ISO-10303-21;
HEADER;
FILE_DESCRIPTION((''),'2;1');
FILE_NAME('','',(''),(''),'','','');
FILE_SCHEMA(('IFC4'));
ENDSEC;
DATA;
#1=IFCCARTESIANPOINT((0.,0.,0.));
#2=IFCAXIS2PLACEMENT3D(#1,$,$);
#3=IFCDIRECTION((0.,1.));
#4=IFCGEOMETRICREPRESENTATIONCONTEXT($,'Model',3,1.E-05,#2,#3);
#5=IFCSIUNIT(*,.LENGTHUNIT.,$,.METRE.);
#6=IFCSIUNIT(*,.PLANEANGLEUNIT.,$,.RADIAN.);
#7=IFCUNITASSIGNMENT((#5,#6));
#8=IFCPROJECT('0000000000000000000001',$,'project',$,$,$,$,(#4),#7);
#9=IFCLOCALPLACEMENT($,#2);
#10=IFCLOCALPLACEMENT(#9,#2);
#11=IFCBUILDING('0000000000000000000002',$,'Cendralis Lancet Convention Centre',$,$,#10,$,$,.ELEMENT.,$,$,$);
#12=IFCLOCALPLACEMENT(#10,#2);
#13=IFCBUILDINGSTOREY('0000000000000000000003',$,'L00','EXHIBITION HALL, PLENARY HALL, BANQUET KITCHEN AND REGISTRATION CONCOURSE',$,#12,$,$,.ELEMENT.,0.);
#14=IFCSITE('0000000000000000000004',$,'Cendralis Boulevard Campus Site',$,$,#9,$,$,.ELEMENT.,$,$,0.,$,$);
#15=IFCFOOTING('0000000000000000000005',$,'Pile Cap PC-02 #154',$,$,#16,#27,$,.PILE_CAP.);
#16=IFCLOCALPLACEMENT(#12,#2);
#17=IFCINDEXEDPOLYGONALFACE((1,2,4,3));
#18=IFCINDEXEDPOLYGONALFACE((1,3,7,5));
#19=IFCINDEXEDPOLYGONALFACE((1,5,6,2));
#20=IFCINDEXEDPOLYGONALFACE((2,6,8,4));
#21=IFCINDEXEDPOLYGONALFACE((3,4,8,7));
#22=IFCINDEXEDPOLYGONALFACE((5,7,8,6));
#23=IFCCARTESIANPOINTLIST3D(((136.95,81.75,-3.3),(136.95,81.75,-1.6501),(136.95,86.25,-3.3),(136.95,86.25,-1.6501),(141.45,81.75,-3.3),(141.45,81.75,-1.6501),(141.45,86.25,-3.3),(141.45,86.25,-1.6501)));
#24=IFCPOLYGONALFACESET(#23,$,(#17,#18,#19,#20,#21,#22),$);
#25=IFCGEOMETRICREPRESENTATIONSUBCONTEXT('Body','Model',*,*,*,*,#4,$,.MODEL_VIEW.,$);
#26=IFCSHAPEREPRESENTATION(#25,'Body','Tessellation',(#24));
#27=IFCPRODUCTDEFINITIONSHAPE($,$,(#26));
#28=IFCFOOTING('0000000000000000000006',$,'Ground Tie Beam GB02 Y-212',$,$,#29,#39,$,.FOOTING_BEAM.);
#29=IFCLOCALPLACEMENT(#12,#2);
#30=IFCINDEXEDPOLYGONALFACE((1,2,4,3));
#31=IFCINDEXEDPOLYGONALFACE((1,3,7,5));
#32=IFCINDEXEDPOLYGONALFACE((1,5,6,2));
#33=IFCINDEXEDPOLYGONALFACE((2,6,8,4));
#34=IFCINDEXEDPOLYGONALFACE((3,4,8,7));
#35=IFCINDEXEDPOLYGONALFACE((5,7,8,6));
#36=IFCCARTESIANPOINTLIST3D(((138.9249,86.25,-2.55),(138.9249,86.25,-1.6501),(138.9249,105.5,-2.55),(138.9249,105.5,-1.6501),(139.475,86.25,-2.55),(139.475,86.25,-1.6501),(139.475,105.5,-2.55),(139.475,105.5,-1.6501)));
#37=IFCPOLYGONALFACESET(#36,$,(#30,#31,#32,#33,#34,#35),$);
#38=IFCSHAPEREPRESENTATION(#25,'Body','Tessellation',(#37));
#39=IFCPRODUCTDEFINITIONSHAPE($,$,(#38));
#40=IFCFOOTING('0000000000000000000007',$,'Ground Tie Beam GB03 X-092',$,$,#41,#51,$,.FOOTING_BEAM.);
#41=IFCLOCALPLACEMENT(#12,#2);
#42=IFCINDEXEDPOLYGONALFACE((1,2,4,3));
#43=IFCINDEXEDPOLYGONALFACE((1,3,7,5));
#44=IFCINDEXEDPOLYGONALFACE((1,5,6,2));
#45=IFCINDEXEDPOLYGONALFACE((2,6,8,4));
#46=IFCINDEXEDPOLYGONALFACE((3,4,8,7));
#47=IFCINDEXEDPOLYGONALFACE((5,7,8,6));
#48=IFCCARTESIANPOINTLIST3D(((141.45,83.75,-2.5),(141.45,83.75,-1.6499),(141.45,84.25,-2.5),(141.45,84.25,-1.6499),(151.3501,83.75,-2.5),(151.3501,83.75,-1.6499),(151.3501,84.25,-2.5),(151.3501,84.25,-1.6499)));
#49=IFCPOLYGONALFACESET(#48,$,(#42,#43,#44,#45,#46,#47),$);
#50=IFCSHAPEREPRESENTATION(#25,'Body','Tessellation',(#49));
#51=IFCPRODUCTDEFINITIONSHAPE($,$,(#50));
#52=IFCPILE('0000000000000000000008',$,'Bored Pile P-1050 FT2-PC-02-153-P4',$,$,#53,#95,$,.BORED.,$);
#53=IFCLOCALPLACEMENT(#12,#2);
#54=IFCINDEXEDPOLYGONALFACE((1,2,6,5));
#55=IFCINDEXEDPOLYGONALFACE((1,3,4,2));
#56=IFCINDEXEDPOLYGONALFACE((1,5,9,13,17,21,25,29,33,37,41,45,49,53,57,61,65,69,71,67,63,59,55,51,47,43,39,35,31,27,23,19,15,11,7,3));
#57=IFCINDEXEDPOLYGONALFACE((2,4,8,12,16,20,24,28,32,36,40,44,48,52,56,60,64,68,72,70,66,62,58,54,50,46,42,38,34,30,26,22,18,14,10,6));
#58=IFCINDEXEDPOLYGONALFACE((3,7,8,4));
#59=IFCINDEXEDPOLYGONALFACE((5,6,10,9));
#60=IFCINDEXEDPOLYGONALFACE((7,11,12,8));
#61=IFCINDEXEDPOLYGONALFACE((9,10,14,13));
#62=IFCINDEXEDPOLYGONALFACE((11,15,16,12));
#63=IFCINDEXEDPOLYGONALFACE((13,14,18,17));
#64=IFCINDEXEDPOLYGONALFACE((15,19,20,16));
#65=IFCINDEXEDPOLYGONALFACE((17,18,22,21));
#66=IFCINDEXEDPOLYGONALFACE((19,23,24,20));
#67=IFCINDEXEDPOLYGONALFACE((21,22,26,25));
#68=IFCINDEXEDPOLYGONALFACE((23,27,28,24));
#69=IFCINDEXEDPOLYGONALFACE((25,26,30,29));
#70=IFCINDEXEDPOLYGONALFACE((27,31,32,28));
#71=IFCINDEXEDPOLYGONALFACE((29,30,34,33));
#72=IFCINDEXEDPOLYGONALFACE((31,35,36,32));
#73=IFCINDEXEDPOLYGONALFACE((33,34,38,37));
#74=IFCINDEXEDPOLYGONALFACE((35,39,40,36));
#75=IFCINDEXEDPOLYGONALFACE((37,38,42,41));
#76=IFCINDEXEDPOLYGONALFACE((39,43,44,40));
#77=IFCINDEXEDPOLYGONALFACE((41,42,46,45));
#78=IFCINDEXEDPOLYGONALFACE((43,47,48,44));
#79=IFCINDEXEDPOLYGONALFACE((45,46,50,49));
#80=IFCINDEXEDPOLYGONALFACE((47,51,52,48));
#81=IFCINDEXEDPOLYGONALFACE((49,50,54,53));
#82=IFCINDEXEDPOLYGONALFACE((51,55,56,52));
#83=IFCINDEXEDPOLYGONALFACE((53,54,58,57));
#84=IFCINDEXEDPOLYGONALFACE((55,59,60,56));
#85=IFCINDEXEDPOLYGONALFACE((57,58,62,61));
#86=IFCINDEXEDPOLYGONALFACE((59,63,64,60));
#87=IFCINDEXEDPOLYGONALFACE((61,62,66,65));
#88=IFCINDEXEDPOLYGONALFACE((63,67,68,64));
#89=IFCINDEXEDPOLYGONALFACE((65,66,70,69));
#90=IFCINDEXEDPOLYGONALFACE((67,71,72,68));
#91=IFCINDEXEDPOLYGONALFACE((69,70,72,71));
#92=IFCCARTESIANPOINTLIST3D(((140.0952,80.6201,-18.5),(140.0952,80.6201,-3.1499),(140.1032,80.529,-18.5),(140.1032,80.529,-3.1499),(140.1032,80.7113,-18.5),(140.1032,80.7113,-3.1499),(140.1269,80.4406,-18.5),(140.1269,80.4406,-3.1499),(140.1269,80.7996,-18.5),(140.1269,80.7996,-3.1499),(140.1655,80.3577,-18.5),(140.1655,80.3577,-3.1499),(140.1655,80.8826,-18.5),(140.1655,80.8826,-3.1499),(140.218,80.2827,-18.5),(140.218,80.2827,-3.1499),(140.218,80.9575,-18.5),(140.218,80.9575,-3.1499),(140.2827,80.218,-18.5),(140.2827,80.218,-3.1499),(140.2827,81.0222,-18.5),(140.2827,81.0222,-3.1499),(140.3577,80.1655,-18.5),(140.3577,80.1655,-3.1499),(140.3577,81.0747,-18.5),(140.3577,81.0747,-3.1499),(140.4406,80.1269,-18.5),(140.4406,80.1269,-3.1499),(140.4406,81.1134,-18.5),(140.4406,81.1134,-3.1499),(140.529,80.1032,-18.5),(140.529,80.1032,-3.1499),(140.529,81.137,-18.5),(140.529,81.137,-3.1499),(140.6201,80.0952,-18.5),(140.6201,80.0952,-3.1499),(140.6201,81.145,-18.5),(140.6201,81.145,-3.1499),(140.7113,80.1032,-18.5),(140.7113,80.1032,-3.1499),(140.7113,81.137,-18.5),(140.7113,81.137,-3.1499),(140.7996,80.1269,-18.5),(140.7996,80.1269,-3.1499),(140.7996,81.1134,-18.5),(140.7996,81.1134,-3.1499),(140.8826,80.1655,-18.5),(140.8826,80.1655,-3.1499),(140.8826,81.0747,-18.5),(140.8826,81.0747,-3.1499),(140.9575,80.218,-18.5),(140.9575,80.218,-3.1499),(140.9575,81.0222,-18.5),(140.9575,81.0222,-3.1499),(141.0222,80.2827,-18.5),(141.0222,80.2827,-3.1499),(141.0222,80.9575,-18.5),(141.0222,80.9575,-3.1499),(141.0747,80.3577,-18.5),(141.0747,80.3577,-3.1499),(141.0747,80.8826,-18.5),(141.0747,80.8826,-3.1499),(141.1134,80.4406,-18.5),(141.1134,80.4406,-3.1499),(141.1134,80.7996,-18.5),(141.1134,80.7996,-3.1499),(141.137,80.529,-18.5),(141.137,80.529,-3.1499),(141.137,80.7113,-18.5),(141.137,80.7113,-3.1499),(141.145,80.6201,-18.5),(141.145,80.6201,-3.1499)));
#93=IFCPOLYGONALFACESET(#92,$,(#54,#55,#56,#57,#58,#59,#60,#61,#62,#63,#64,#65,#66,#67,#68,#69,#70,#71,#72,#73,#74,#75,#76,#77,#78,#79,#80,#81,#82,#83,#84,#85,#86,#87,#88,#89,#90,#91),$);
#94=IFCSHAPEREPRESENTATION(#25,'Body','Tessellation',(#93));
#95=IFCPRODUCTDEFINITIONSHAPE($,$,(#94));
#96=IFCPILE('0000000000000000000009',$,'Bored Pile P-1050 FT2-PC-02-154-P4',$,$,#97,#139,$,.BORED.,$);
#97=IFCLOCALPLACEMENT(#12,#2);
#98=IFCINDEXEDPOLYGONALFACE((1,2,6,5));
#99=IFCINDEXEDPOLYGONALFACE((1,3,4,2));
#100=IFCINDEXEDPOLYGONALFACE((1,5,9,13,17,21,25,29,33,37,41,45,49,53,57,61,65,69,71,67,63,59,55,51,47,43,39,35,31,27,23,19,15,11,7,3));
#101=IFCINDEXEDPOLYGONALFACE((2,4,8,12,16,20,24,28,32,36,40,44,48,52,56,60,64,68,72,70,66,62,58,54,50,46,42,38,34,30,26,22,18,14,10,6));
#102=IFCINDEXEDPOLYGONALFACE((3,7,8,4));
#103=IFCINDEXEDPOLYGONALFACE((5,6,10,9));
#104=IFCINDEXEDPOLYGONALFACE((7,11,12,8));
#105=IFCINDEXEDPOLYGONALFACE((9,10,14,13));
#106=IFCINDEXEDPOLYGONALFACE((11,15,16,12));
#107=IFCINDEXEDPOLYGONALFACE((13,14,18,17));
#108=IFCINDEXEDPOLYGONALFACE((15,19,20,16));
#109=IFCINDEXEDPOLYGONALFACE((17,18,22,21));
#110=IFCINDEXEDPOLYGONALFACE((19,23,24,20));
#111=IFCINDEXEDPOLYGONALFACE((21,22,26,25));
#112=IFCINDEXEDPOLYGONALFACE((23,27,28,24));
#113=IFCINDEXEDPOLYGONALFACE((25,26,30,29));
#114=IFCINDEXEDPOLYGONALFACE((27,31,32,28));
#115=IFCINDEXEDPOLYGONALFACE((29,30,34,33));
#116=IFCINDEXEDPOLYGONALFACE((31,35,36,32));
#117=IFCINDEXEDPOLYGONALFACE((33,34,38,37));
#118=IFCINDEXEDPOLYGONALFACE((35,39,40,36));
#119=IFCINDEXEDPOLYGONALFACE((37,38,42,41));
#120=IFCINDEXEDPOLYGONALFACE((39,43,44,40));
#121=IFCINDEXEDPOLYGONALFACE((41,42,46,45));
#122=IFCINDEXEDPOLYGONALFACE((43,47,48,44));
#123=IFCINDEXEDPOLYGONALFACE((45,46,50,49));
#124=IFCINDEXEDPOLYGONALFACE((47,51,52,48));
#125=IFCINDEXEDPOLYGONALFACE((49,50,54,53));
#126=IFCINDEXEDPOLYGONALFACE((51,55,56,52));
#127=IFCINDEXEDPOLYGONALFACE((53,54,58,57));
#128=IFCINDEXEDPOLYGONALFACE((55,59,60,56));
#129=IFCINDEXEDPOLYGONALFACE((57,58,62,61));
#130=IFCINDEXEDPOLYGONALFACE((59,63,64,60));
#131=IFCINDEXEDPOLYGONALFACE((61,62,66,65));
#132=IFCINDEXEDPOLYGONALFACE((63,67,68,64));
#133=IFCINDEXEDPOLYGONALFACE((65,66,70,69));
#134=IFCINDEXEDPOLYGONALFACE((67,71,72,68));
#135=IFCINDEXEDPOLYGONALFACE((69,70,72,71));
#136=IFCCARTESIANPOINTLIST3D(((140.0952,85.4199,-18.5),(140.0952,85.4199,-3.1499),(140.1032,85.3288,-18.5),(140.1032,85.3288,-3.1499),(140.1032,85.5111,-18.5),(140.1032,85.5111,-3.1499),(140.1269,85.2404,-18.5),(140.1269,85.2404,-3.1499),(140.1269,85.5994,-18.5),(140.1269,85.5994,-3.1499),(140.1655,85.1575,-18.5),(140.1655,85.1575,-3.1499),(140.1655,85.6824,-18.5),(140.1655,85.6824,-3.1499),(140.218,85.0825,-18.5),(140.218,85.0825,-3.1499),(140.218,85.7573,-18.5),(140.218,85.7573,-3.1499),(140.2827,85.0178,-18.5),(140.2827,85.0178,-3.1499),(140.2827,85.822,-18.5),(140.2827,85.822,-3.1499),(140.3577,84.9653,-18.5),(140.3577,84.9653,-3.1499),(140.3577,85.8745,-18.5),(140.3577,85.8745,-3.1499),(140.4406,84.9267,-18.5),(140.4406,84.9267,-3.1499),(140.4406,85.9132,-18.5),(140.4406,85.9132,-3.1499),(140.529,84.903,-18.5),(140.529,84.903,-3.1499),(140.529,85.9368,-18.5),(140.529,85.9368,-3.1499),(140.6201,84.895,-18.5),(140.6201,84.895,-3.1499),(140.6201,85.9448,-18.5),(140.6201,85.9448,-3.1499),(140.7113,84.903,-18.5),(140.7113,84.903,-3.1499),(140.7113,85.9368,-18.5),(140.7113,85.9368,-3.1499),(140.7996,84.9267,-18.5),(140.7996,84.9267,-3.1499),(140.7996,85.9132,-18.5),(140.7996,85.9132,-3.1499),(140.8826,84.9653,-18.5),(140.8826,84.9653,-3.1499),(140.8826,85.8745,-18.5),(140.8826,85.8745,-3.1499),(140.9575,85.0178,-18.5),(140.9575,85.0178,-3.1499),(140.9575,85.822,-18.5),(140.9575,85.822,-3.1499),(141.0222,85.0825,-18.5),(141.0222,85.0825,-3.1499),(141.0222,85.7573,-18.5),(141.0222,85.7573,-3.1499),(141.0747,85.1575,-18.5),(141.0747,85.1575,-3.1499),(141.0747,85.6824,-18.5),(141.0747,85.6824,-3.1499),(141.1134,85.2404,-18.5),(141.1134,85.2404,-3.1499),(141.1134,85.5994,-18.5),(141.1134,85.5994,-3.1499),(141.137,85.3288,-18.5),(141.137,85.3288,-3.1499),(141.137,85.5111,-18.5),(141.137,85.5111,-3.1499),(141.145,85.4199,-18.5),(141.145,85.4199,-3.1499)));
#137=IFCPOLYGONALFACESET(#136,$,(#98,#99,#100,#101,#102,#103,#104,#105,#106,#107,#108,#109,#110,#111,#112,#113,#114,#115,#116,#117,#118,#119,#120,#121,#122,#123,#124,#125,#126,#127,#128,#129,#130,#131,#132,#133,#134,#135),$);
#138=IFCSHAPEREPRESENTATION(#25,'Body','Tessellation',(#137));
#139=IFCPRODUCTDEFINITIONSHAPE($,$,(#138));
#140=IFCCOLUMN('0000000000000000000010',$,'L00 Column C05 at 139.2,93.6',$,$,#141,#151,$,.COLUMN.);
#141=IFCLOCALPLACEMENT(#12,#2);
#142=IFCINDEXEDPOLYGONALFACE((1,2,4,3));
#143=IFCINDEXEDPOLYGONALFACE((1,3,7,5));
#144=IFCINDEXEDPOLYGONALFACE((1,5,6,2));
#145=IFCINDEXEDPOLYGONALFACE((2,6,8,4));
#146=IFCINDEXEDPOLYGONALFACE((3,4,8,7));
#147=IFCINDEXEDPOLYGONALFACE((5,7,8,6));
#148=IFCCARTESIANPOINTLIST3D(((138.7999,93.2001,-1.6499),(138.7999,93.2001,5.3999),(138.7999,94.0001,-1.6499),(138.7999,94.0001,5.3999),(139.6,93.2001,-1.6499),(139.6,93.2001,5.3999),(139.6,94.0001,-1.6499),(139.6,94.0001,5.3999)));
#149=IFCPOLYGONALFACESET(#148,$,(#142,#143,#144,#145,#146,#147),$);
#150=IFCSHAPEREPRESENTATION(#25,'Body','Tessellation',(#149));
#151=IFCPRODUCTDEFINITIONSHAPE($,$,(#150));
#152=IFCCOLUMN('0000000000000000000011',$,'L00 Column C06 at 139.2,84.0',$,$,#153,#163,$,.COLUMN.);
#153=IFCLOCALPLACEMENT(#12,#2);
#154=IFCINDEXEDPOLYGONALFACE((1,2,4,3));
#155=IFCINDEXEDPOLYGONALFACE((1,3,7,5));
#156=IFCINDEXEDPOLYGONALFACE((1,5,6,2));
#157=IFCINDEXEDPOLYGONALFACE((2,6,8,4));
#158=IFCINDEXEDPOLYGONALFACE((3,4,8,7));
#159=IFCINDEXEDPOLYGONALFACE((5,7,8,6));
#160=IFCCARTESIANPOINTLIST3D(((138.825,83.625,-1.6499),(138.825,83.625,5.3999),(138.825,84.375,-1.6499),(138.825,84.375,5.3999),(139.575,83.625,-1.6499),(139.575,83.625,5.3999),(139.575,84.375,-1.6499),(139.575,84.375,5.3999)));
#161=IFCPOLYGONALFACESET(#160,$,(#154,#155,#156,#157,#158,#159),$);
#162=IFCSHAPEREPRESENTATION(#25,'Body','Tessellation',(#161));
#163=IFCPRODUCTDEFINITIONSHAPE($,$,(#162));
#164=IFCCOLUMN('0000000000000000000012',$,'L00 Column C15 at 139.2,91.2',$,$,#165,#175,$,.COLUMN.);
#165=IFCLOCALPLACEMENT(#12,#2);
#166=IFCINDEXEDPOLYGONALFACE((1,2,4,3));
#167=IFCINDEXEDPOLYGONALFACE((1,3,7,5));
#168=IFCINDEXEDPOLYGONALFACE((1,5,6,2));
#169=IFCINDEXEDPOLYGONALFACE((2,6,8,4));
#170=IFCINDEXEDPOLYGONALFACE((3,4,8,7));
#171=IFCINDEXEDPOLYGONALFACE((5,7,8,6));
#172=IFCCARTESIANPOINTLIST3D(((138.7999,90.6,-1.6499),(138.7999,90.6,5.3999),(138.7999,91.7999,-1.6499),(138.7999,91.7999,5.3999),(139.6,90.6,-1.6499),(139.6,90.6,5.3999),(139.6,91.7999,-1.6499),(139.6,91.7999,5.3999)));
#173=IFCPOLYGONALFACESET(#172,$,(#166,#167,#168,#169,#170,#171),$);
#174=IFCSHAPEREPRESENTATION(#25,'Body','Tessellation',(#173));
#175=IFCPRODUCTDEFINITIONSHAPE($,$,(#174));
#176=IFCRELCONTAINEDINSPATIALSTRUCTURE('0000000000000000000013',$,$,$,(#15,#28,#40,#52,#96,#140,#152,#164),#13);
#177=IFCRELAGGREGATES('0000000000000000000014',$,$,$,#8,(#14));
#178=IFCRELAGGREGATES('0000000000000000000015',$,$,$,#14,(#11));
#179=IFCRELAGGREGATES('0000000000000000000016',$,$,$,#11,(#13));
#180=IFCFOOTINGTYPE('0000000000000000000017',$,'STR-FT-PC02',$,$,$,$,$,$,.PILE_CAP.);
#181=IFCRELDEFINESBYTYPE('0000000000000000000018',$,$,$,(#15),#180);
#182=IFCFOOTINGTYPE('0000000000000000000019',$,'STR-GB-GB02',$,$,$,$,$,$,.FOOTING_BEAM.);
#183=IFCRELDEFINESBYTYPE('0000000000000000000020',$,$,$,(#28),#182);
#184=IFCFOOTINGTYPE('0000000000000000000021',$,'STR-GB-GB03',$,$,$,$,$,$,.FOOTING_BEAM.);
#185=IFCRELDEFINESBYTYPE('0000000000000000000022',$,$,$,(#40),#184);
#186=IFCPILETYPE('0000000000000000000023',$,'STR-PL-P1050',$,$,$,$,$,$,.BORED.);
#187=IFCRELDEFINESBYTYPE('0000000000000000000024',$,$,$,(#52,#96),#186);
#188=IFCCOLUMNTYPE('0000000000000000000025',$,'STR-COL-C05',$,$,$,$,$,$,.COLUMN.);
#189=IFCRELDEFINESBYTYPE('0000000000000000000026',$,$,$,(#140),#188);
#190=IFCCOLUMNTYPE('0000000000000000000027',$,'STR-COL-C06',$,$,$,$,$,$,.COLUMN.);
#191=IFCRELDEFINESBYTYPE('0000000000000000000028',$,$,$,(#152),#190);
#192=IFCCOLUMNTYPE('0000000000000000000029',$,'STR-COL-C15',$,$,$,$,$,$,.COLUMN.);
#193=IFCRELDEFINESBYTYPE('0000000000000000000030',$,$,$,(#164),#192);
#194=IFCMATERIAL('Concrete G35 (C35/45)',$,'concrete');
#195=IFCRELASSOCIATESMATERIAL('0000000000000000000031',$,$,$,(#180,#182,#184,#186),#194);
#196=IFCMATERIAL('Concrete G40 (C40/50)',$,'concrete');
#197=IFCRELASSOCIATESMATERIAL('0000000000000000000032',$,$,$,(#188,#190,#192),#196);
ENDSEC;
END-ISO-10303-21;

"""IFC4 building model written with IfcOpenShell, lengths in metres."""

from ifc_helpers import new_model, si_unit, direction, frame, origin, origin_2d, place, context, subcontext, project, spatial, rectangle, circle, extrude, material, material_profile, profile_set, type_object, element, save


model = new_model("IFC4")

# Units and contexts
model_context = context("Model", 3, precision=1e-05, world=origin(), true_north=direction((0.0, 1.0)))
body_context = subcontext(model_context, "Body", "Model", "MODEL_VIEW")
ifc_project = project(units=[si_unit("LENGTHUNIT", "METRE"), si_unit("PLANEANGLEUNIT", "RADIAN")], contexts=[model_context])

# Site, building, storey
site_placement = place(None, origin())
site = spatial("IfcSite", under=ifc_project, at=site_placement, Name="Cendralis Boulevard Campus Site", CompositionType="ELEMENT", RefElevation=0.0)
building_placement = place(site_placement, origin())
building = spatial("IfcBuilding", under=site, at=building_placement, Name="Cendralis Lancet Convention Centre", CompositionType="ELEMENT")
storey_placement = place(building_placement, origin())
storey = spatial("IfcBuildingStorey", under=building, at=storey_placement, Name="L00", Description="EXHIBITION HALL, PLENARY HALL, BANQUET KITCHEN AND REGISTRATION CONCOURSE", CompositionType="ELEMENT", Elevation=0.0)

# Footings
ifc_material_1 = material(Name="Concrete G35 (C35/45)", Category="concrete")
footing_type_1 = type_object("IfcFootingType", Name="STR-FT-PC02", PredefinedType="PILE_CAP", material=ifc_material_1)
footing_1_placement = place(storey_placement, frame((139.2, 84.0, -3.3), z_axis=(0.0, 0.0, 1.0), x_axis=(1.0, 0.0, 0.0)))
element("IfcFooting", 1, at=footing_1_placement, inside=storey, type_object=footing_type_1, Name="Pile Cap PC-02 #154", PredefinedType="PILE_CAP", context=body_context, shape_type="SweptSolid", body=[
    extrude(rectangle(XDim=4.5, YDim=4.5, at=origin_2d()), origin(), (0.0, 0.0, 1.0), 1.6499),
])
ifc_material_profile_1 = material_profile(ifc_material_1, rectangle(XDim=0.55, YDim=0.8999, at=origin_2d()), Name="RCB 550x900")
ifc_profile_set_1 = profile_set([ifc_material_profile_1], Name="Concrete G35 (C35/45)")
footing_type_2 = type_object("IfcFootingType", Name="STR-GB-GB02", PredefinedType="FOOTING_BEAM", material=ifc_profile_set_1)
footing_2_placement = place(storey_placement, frame((139.2, 86.25, -2.1001), z_axis=(0.0, 1.0, 0.0), x_axis=(-1.0, 0.0, 0.0)))
element("IfcFooting", 2, at=footing_2_placement, inside=storey, type_object=footing_type_2, Name="Ground Tie Beam GB02 Y-212", PredefinedType="FOOTING_BEAM", context=body_context, shape_type="SweptSolid", body=[
    extrude(rectangle(XDim=0.55, YDim=0.8999, at=origin_2d()), origin(), (0.0, 0.0, 1.0), 19.25),
])
ifc_material_profile_2 = material_profile(ifc_material_1, rectangle(XDim=0.5, YDim=0.8501, at=origin_2d()), Name="RCB 500x850")
ifc_profile_set_2 = profile_set([ifc_material_profile_2], Name="Concrete G35 (C35/45)")
footing_type_3 = type_object("IfcFootingType", Name="STR-GB-GB03", PredefinedType="FOOTING_BEAM", material=ifc_profile_set_2)
footing_3_placement = place(storey_placement, frame((141.45, 84.0, -2.075), z_axis=(1.0, 0.0, 0.0), x_axis=(0.0, 1.0, 0.0)))
element("IfcFooting", 3, at=footing_3_placement, inside=storey, type_object=footing_type_3, Name="Ground Tie Beam GB03 X-092", PredefinedType="FOOTING_BEAM", context=body_context, shape_type="SweptSolid", body=[
    extrude(rectangle(XDim=0.5, YDim=0.8501, at=origin_2d()), origin(), (0.0, 0.0, 1.0), 9.9001),
])

# Piles
ifc_material_profile_3 = material_profile(ifc_material_1, circle(Radius=0.5249, at=origin_2d()), Name="BORED PILE D1050")
ifc_profile_set_3 = profile_set([ifc_material_profile_3], Name="Concrete G35 (C35/45)")
pile_type = type_object("IfcPileType", Name="STR-PL-P1050", PredefinedType="BORED", material=ifc_profile_set_3)
for number, where, z_axis, x_axis, name in (
    (4, (140.6201, 80.6201, -3.1499), (0.0, 0.0, -1.0), (1.0, 0.0, 0.0), "Bored Pile P-1050 FT2-PC-02-153-P4"),
    (5, (140.6201, 85.4199, -3.1499), (0.0, 0.0, -1.0), (1.0, 0.0, 0.0), "Bored Pile P-1050 FT2-PC-02-154-P4"),
):
    element("IfcPile", number, at=place(storey_placement, frame(where, z_axis=z_axis, x_axis=x_axis)), inside=storey, type_object=pile_type, Name=name, PredefinedType="BORED", context=body_context, shape_type="SweptSolid", body=[
        extrude(circle(Radius=0.5249, at=origin_2d()), origin(), (0.0, 0.0, 1.0), 15.3501),
    ])

# Columns
ifc_material_2 = material(Name="Concrete G40 (C40/50)", Category="concrete")
ifc_material_profile_4 = material_profile(ifc_material_2, rectangle(XDim=0.8, YDim=0.8, at=origin_2d()), Name="RC 800x800")
ifc_profile_set_4 = profile_set([ifc_material_profile_4], Name="Concrete G40 (C40/50)")
column_type_1 = type_object("IfcColumnType", Name="STR-COL-C05", PredefinedType="COLUMN", material=ifc_profile_set_4)
column_1_placement = place(storey_placement, frame((139.2, 93.6001, -1.6499), z_axis=(0.0, 0.0, 1.0), x_axis=(1.0, 0.0, 0.0)))
element("IfcColumn", 6, at=column_1_placement, inside=storey, type_object=column_type_1, Name="L00 Column C05 at 139.2,93.6", PredefinedType="COLUMN", context=body_context, shape_type="SweptSolid", body=[
    extrude(rectangle(XDim=0.8, YDim=0.8, at=origin_2d()), origin(), (0.0, 0.0, 1.0), 7.0498),
])
ifc_material_profile_5 = material_profile(ifc_material_2, rectangle(XDim=0.75, YDim=0.75, at=origin_2d()), Name="RC 750x750")
ifc_profile_set_5 = profile_set([ifc_material_profile_5], Name="Concrete G40 (C40/50)")
column_type_2 = type_object("IfcColumnType", Name="STR-COL-C06", PredefinedType="COLUMN", material=ifc_profile_set_5)
column_2_placement = place(storey_placement, frame((139.2, 84.0, -1.6499), z_axis=(0.0, 0.0, 1.0), x_axis=(1.0, 0.0, 0.0)))
element("IfcColumn", 7, at=column_2_placement, inside=storey, type_object=column_type_2, Name="L00 Column C06 at 139.2,84.0", PredefinedType="COLUMN", context=body_context, shape_type="SweptSolid", body=[
    extrude(rectangle(XDim=0.75, YDim=0.75, at=origin_2d()), origin(), (0.0, 0.0, 1.0), 7.0498),
])
ifc_material_profile_6 = material_profile(ifc_material_2, rectangle(XDim=0.8, YDim=1.2, at=origin_2d()), Name="RC 800x1200")
ifc_profile_set_6 = profile_set([ifc_material_profile_6], Name="Concrete G40 (C40/50)")
column_type_3 = type_object("IfcColumnType", Name="STR-COL-C15", PredefinedType="COLUMN", material=ifc_profile_set_6)
column_3_placement = place(storey_placement, frame((139.2, 91.2, -1.6499), z_axis=(0.0, 0.0, 1.0), x_axis=(1.0, 0.0, 0.0)))
element("IfcColumn", 8, at=column_3_placement, inside=storey, type_object=column_type_3, Name="L00 Column C15 at 139.2,91.2", PredefinedType="COLUMN", context=body_context, shape_type="SweptSolid", body=[
    extrude(rectangle(XDim=0.8, YDim=1.2, at=origin_2d()), origin(), (0.0, 0.0, 1.0), 7.0498),
])

save(model, "model.ifc")
